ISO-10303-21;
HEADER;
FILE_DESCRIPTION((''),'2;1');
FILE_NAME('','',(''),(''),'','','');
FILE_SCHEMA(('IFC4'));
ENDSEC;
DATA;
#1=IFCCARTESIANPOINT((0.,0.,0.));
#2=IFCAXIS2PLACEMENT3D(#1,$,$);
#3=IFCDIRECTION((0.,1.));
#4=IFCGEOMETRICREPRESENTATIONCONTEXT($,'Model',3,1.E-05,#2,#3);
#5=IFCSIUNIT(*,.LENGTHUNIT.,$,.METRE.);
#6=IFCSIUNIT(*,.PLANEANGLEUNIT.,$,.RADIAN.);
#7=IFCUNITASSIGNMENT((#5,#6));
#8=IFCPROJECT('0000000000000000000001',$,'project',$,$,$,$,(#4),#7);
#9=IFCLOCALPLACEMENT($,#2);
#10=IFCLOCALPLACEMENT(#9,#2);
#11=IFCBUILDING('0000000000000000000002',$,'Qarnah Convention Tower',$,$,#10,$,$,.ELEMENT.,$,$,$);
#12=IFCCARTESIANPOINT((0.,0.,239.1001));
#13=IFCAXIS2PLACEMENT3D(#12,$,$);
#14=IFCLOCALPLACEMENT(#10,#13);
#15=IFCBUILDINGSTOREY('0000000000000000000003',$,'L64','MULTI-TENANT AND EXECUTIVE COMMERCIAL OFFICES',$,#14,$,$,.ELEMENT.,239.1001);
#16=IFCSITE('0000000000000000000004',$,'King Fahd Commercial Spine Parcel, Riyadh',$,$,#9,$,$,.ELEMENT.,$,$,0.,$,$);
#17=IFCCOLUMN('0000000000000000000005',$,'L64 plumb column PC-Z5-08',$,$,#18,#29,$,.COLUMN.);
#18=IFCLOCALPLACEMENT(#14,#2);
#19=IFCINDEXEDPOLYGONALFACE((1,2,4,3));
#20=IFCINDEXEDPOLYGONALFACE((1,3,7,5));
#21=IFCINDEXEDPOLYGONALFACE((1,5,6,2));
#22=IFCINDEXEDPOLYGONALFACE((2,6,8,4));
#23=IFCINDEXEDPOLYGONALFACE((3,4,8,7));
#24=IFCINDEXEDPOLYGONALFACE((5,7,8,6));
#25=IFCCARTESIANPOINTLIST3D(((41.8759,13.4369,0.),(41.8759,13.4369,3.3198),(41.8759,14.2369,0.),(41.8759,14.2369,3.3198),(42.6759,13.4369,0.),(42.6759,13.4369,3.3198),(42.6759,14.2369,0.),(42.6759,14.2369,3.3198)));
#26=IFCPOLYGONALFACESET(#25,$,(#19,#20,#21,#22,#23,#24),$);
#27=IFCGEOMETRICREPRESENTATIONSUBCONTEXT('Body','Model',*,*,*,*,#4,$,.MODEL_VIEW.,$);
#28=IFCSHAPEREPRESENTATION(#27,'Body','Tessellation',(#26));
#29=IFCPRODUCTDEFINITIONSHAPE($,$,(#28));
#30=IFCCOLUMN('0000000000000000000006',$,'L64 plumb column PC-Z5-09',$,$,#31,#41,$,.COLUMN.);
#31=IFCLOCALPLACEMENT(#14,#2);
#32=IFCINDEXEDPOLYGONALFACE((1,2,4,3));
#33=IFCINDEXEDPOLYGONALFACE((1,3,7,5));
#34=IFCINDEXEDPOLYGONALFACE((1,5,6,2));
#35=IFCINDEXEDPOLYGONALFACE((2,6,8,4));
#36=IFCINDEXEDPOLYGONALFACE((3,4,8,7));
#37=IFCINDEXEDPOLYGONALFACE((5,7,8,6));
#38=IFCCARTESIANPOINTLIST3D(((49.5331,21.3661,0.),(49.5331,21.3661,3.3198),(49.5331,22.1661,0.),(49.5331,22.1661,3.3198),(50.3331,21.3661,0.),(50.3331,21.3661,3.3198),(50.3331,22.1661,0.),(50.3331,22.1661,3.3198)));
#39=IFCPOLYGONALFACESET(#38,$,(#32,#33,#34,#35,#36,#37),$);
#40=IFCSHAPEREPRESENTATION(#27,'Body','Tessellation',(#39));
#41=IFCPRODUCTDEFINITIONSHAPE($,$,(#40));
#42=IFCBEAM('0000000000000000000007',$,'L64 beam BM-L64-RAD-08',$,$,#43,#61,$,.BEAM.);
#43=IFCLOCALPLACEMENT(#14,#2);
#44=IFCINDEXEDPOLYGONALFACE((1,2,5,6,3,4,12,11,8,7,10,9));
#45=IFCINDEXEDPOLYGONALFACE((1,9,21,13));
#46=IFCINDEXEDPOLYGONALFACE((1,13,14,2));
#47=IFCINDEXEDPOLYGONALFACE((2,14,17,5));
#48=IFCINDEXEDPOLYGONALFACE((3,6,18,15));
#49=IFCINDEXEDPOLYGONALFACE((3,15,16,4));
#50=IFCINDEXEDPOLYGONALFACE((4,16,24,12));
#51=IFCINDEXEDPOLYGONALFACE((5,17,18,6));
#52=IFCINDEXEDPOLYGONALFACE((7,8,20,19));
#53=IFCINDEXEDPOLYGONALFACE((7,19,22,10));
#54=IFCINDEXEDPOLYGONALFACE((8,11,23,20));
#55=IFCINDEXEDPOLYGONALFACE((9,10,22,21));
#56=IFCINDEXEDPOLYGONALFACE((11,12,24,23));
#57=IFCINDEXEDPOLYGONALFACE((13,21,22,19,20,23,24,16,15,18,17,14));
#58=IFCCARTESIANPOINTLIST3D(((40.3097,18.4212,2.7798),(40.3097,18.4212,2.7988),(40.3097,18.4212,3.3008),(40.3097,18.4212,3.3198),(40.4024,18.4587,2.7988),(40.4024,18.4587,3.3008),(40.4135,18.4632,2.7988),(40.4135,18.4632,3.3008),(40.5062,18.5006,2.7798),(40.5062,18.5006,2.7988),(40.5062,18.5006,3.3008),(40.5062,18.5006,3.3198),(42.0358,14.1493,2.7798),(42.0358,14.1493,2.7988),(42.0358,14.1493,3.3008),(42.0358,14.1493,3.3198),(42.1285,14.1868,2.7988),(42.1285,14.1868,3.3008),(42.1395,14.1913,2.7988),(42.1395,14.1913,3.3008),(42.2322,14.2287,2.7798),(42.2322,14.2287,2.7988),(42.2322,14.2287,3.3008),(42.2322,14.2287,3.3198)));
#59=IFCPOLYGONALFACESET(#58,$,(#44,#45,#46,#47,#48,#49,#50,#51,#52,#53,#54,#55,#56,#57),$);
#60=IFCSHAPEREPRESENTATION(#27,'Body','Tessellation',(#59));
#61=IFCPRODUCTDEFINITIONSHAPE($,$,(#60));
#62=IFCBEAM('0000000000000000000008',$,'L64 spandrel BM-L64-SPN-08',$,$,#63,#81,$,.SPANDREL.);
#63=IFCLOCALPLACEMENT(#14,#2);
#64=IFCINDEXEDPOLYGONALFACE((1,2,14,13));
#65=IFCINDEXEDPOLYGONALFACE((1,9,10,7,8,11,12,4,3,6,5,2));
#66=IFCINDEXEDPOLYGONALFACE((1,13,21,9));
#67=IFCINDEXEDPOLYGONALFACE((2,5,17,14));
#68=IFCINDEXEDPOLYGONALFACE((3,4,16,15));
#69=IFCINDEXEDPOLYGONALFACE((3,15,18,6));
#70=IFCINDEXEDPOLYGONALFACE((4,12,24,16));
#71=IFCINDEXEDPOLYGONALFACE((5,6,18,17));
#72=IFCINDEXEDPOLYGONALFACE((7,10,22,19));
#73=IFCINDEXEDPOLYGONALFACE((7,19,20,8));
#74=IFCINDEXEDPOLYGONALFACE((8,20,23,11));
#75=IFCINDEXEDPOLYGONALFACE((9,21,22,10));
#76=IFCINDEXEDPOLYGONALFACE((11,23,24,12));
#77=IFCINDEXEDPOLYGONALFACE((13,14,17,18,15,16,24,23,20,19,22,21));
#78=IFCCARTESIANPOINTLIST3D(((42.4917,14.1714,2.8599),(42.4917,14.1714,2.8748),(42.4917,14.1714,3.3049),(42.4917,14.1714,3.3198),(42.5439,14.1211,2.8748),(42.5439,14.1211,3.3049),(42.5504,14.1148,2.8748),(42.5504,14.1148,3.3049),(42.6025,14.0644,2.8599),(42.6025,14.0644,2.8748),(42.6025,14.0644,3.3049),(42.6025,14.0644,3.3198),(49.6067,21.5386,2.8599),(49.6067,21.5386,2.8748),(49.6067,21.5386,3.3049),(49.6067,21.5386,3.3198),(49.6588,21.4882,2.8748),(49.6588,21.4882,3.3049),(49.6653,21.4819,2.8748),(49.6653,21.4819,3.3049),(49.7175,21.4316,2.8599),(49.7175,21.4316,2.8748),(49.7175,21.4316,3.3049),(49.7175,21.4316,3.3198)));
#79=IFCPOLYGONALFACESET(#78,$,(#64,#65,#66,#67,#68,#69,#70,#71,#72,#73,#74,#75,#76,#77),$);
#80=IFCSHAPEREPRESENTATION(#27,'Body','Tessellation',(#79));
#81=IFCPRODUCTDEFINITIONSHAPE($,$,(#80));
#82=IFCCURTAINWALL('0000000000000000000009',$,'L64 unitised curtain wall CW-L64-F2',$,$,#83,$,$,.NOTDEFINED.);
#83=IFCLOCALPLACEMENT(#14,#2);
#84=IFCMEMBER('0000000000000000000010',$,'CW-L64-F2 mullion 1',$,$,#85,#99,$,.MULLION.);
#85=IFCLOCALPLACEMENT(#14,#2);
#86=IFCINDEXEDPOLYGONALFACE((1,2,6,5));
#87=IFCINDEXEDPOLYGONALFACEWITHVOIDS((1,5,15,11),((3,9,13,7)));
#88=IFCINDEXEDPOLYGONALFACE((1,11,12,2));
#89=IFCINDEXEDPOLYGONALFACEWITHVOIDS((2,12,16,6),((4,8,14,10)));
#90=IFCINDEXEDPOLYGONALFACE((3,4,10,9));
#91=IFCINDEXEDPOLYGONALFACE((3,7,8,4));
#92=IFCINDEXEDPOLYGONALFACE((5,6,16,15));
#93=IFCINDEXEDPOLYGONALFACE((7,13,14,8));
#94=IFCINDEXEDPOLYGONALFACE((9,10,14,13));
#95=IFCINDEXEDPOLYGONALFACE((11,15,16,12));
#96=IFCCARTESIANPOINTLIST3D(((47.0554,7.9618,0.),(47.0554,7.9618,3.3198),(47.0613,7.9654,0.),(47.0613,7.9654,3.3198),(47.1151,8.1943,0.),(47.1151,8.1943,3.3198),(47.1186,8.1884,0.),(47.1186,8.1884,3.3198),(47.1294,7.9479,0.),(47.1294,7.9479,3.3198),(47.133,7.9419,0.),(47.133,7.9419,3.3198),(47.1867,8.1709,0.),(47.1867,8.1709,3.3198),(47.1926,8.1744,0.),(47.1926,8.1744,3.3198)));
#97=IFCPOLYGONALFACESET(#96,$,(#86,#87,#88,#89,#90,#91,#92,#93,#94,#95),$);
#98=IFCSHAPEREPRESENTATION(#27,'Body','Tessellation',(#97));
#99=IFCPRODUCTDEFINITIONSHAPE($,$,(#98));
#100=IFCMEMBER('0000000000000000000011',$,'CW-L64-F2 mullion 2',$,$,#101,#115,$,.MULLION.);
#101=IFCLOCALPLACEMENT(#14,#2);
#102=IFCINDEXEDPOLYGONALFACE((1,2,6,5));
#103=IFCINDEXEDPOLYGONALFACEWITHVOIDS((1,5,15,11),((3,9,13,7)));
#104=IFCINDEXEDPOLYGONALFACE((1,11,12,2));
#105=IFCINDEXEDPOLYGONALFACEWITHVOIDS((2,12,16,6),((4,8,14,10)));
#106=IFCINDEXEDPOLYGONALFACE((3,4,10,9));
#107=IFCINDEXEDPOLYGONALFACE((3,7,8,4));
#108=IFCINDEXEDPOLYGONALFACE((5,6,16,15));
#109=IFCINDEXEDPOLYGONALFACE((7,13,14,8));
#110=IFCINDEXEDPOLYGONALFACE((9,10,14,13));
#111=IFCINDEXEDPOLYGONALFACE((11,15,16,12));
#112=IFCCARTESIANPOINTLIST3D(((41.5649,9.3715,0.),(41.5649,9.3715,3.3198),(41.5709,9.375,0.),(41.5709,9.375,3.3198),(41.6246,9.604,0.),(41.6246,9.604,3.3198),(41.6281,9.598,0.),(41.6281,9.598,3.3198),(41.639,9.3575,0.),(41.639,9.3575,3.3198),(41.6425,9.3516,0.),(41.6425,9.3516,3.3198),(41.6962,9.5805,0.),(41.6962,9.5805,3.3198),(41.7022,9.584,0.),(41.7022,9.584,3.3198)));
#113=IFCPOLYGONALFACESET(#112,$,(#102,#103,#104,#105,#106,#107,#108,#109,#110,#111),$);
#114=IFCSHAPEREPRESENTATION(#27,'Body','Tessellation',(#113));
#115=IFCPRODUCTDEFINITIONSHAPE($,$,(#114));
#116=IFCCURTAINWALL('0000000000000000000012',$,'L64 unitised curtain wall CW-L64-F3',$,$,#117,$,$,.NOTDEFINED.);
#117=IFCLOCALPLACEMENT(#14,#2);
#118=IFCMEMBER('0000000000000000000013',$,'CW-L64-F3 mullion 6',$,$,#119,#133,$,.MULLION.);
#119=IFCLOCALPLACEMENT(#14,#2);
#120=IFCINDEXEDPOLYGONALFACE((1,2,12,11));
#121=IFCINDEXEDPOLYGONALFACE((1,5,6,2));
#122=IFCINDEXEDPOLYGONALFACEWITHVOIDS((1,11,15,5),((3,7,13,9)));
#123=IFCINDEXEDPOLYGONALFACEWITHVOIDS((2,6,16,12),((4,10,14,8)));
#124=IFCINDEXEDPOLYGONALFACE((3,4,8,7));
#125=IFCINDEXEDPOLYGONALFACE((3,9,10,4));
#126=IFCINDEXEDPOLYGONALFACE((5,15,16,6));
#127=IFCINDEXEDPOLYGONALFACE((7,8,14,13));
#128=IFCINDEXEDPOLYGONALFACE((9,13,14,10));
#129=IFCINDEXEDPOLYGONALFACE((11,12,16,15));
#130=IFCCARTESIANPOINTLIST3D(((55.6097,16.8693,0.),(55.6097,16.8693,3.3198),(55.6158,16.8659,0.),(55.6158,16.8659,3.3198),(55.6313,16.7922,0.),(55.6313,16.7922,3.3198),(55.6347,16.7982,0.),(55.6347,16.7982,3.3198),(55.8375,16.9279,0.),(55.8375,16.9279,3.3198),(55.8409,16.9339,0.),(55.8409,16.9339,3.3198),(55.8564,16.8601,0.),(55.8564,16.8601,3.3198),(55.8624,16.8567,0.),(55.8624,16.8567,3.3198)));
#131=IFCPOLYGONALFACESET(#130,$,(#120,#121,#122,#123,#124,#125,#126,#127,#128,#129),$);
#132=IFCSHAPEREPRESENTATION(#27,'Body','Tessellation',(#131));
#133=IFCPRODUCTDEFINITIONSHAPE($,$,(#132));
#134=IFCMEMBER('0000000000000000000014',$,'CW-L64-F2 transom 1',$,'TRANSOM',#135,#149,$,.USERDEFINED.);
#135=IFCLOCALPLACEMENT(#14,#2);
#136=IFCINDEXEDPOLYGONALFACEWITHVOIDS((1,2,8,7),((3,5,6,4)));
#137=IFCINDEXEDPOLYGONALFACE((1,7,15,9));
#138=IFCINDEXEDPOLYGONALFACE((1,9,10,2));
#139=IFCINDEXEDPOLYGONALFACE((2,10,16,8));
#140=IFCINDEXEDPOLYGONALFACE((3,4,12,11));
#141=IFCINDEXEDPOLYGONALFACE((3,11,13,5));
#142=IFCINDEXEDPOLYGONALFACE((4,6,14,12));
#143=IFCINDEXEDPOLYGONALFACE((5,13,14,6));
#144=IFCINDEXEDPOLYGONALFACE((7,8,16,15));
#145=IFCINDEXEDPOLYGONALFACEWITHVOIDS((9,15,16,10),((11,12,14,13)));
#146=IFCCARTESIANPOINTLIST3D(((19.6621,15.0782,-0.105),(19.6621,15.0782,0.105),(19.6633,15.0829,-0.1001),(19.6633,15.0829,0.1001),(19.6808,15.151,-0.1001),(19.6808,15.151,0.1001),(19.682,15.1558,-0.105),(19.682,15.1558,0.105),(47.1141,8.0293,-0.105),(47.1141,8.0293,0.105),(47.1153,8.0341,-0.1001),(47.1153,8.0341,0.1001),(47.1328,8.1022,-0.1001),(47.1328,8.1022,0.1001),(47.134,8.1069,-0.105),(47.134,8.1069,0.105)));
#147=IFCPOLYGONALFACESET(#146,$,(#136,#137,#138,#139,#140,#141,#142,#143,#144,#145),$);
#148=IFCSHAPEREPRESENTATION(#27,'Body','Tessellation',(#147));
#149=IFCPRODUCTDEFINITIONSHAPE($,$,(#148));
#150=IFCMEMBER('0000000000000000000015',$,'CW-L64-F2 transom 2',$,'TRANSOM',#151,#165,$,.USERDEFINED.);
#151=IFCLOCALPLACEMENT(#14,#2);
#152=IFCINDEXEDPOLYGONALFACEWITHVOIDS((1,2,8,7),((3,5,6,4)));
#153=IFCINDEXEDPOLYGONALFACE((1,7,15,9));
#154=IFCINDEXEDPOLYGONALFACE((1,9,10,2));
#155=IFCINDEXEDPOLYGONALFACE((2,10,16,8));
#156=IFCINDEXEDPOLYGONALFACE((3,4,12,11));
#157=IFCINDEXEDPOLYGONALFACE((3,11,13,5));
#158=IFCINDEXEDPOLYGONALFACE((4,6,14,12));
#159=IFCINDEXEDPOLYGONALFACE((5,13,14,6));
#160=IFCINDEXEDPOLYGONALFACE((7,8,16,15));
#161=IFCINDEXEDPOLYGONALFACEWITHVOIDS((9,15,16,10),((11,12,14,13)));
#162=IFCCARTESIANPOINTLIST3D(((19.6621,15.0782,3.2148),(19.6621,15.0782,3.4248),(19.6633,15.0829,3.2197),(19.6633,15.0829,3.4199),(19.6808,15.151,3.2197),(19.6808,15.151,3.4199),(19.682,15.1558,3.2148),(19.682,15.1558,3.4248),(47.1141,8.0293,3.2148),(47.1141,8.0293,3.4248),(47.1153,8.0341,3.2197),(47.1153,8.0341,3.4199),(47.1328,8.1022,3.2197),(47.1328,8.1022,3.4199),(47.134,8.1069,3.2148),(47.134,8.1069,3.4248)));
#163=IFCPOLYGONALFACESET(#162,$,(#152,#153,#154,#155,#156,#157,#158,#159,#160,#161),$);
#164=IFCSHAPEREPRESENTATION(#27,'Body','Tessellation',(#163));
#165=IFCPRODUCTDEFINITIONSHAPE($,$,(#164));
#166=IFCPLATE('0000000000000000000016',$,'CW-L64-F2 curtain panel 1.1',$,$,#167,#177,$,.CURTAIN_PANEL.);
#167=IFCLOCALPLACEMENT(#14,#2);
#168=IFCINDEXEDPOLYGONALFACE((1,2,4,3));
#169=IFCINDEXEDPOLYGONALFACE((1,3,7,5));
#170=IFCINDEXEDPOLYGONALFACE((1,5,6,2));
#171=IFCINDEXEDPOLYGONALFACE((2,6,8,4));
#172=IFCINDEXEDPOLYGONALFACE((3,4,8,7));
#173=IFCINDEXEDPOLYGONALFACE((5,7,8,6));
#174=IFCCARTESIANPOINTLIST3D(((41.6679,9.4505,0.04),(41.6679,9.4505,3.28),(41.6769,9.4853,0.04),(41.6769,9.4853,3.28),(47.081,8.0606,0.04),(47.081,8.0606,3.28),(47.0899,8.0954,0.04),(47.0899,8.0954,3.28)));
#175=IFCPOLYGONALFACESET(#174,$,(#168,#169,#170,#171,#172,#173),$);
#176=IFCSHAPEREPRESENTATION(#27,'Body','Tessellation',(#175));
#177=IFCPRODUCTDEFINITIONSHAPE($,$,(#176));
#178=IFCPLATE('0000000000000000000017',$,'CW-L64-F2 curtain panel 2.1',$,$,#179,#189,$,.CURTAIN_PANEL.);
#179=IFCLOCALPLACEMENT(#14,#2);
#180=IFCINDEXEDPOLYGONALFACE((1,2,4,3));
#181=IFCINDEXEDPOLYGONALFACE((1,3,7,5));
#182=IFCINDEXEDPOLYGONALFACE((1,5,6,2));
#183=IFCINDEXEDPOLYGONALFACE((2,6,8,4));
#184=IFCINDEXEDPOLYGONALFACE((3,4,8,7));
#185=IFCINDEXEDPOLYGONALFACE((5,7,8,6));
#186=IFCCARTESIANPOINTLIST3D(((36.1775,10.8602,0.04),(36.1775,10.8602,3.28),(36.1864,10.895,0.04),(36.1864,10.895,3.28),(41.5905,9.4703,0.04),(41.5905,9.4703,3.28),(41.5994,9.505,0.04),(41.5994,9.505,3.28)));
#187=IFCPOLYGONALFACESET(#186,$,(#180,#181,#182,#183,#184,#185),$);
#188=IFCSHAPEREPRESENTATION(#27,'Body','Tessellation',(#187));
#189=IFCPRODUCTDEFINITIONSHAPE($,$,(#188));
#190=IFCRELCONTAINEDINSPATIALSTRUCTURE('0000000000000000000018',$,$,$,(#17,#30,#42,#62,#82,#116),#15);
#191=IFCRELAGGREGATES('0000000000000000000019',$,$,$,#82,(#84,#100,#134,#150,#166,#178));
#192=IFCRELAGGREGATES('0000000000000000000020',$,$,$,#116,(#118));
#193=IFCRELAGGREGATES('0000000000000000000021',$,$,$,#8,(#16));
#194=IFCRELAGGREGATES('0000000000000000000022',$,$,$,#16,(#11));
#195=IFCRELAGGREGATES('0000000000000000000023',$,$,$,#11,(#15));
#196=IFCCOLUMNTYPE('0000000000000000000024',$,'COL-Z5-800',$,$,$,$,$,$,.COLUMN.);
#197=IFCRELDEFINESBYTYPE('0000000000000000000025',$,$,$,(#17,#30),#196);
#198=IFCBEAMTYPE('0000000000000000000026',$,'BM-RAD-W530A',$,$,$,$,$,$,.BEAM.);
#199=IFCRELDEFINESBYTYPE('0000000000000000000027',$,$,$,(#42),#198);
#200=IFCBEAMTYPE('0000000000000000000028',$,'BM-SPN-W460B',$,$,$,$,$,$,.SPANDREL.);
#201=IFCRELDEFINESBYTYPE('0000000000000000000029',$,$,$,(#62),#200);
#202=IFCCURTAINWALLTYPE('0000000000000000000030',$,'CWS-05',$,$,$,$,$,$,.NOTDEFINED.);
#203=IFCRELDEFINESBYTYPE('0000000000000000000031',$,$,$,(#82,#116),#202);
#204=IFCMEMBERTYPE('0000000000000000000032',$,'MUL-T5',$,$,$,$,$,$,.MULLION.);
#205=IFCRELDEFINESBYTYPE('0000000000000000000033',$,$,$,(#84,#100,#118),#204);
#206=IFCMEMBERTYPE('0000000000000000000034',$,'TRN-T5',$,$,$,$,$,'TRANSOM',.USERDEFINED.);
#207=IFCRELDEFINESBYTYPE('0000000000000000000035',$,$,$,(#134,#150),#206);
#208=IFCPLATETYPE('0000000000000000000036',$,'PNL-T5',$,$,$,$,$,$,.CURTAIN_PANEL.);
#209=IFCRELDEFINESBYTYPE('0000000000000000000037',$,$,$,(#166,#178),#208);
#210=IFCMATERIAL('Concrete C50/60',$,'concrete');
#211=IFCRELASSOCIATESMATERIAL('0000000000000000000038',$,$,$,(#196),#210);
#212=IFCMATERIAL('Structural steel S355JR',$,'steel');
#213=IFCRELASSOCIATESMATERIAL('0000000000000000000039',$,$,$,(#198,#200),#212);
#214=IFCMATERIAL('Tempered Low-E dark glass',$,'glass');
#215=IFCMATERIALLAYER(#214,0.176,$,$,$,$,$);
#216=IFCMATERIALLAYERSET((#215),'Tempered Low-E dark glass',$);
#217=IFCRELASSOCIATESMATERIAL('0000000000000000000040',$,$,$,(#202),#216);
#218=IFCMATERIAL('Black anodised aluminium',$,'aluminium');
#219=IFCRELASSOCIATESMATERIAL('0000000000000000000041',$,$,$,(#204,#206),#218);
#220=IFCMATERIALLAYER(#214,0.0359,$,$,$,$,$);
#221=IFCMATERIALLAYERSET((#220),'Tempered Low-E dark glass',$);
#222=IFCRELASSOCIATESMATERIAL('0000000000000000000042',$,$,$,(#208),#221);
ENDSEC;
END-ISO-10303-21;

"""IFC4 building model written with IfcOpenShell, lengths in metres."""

from ifc_helpers import new_model, si_unit, direction, frame, origin, origin_2d, place, context, subcontext, project, spatial, rectangle, hollow_rectangle, i_section, extrude, material, layer, layer_set, material_profile, profile_set, type_object, element, aggregate, save


model = new_model("IFC4")

# Units and contexts
model_context = context("Model", 3, precision=1e-05, world=origin(), true_north=direction((0.0, 1.0)))
body_context = subcontext(model_context, "Body", "Model", "MODEL_VIEW")
ifc_project = project(units=[si_unit("LENGTHUNIT", "METRE"), si_unit("PLANEANGLEUNIT", "RADIAN")], contexts=[model_context])

# Site, building, storey
site_placement = place(None, origin())
site = spatial("IfcSite", under=ifc_project, at=site_placement, Name="King Fahd Commercial Spine Parcel, Riyadh", CompositionType="ELEMENT", RefElevation=0.0)
building_placement = place(site_placement, origin())
building = spatial("IfcBuilding", under=site, at=building_placement, Name="Qarnah Convention Tower", CompositionType="ELEMENT")
storey_placement = place(building_placement, frame((0.0, 0.0, 239.1001)))
storey = spatial("IfcBuildingStorey", under=building, at=storey_placement, Name="L64", Description="MULTI-TENANT AND EXECUTIVE COMMERCIAL OFFICES", CompositionType="ELEMENT", Elevation=239.1001)

# Columns
ifc_material_1 = material(Name="Concrete C50/60", Category="concrete")
ifc_material_profile_1 = material_profile(ifc_material_1, rectangle(XDim=0.8, YDim=0.8, at=origin_2d()), Name="RC-COL-800X800")
ifc_profile_set_1 = profile_set([ifc_material_profile_1], Name="Concrete C50/60")
column_type = type_object("IfcColumnType", Name="COL-Z5-800", PredefinedType="COLUMN", material=ifc_profile_set_1)
for number, where, z_axis, x_axis, name in (
    (1, (42.2759, 13.8369, 0.0), (0.0, 0.0, 1.0), (1.0, 0.0, 0.0), "L64 plumb column PC-Z5-08"),
    (2, (49.9331, 21.7661, 0.0), (0.0, 0.0, 1.0), (1.0, 0.0, 0.0), "L64 plumb column PC-Z5-09"),
):
    element("IfcColumn", number, at=place(storey_placement, frame(where, z_axis=z_axis, x_axis=x_axis)), inside=storey, type_object=column_type, Name=name, PredefinedType="COLUMN", context=body_context, shape_type="SweptSolid", body=[
        extrude(rectangle(XDim=0.8, YDim=0.8, at=origin_2d()), origin(), (0.0, 0.0, 1.0), 3.3198),
    ])

# Beams
ifc_material_2 = material(Name="Structural steel S355JR", Category="steel")
ifc_material_profile_2 = material_profile(ifc_material_2, i_section(OverallWidth=0.2119, OverallDepth=0.54, WebThickness=0.012, FlangeThickness=0.019, at=origin_2d()), Name="W530X109")
ifc_profile_set_2 = profile_set([ifc_material_profile_2], Name="Structural steel S355JR")
beam_type_1 = type_object("IfcBeamType", Name="BM-RAD-W530A", PredefinedType="BEAM", material=ifc_profile_set_2)
beam_1_placement = place(storey_placement, frame((40.408, 18.4609, 3.0498), z_axis=(0.374622, -0.927177, 0.0), x_axis=(0.927177, 0.374622, 0.0)))
element("IfcBeam", 3, at=beam_1_placement, inside=storey, type_object=beam_type_1, Name="L64 beam BM-L64-RAD-08", PredefinedType="BEAM", context=body_context, shape_type="SweptSolid", body=[
    extrude(i_section(OverallWidth=0.2119, OverallDepth=0.54, WebThickness=0.012, FlangeThickness=0.019, at=origin_2d()), origin(), (0.0, 0.0, 1.0), 4.6074),
])
ifc_material_profile_3 = material_profile(ifc_material_2, i_section(OverallWidth=0.1541, OverallDepth=0.46, WebThickness=0.009, FlangeThickness=0.0149, at=origin_2d()), Name="W460X68")
ifc_profile_set_3 = profile_set([ifc_material_profile_3], Name="Structural steel S355JR")
beam_type_2 = type_object("IfcBeamType", Name="BM-SPN-W460B", PredefinedType="SPANDREL", material=ifc_profile_set_3)
beam_2_placement = place(storey_placement, frame((42.5471, 14.1179, 3.0898), z_axis=(0.694688, 0.719312, 0.0), x_axis=(-0.719312, 0.694688, 0.0)))
element("IfcBeam", 4, at=beam_2_placement, inside=storey, type_object=beam_type_2, Name="L64 spandrel BM-L64-SPN-08", PredefinedType="SPANDREL", context=body_context, shape_type="SweptSolid", body=[
    extrude(i_section(OverallWidth=0.1541, OverallDepth=0.46, WebThickness=0.009, FlangeThickness=0.0149, at=origin_2d()), origin(), (0.0, 0.0, 1.0), 10.2419),
])

# Curtain wall, members
ifc_material_3 = material(Name="Tempered Low-E dark glass", Category="glass")
ifc_layer_1 = layer(ifc_material_3, 0.176)
ifc_layer_set_1 = layer_set([ifc_layer_1], Name="Tempered Low-E dark glass")
curtain_wall_type = type_object("IfcCurtainWallType", Name="CWS-05", PredefinedType="NOTDEFINED", material=ifc_layer_set_1)
curtain_wall_1_placement = place(storey_placement, origin())
curtain_wall_1 = element("IfcCurtainWall", 5, at=curtain_wall_1_placement, inside=storey, type_object=curtain_wall_type, Name="L64 unitised curtain wall CW-L64-F2", PredefinedType="NOTDEFINED")
ifc_material_4 = material(Name="Black anodised aluminium", Category="aluminium")
ifc_material_profile_4 = material_profile(ifc_material_4, hollow_rectangle(XDim=0.0801, YDim=0.24, WallThickness=0.0049, at=origin_2d()), Name="MUL-80X240")
ifc_profile_set_4 = profile_set([ifc_material_profile_4], Name="Black anodised aluminium")
member_type_1 = type_object("IfcMemberType", Name="MUL-T5", PredefinedType="MULLION", material=ifc_profile_set_4)
member_1_placement = place(storey_placement, frame((47.124, 8.0681, 0.0), z_axis=(0.0, 0.0, 1.0), x_axis=(-0.968579, 0.248707, 0.0)))
member_1 = element("IfcMember", 6, at=member_1_placement, type_object=member_type_1, Name="CW-L64-F2 mullion 1", PredefinedType="MULLION", context=body_context, shape_type="SweptSolid", body=[
    extrude(hollow_rectangle(XDim=0.0801, YDim=0.24, WallThickness=0.0049, at=origin_2d()), origin(), (0.0, 0.0, 1.0), 3.3198),
])
member_2_placement = place(storey_placement, frame((41.6335, 9.4778, 0.0), z_axis=(0.0, 0.0, 1.0), x_axis=(-0.968579, 0.248707, 0.0)))
member_2 = element("IfcMember", 7, at=member_2_placement, type_object=member_type_1, Name="CW-L64-F2 mullion 2", PredefinedType="MULLION", context=body_context, shape_type="SweptSolid", body=[
    extrude(hollow_rectangle(XDim=0.0801, YDim=0.24, WallThickness=0.0049, at=origin_2d()), origin(), (0.0, 0.0, 1.0), 3.3198),
])

# Curtain wall, member
curtain_wall_2_placement = place(storey_placement, origin())
curtain_wall_2 = element("IfcCurtainWall", 8, at=curtain_wall_2_placement, inside=storey, type_object=curtain_wall_type, Name="L64 unitised curtain wall CW-L64-F3", PredefinedType="NOTDEFINED")
member_3_placement = place(storey_placement, frame((55.7361, 16.863, 0.0), z_axis=(0.0, 0.0, 1.0), x_axis=(0.268928, -0.96316, 0.0)))
member_3 = element("IfcMember", 9, at=member_3_placement, type_object=member_type_1, Name="CW-L64-F3 mullion 6", PredefinedType="MULLION", context=body_context, shape_type="SweptSolid", body=[
    extrude(hollow_rectangle(XDim=0.0801, YDim=0.24, WallThickness=0.0049, at=origin_2d()), origin(), (0.0, 0.0, 1.0), 3.3198),
])

# Members
ifc_material_profile_5 = material_profile(ifc_material_4, hollow_rectangle(XDim=0.0801, YDim=0.21, WallThickness=0.0049, at=origin_2d()), Name="TRN-80X210")
ifc_profile_set_5 = profile_set([ifc_material_profile_5], Name="Black anodised aluminium")
member_type_2 = type_object("IfcMemberType", Name="TRN-T5", ElementType="TRANSOM", PredefinedType="USERDEFINED", material=ifc_profile_set_5)
member_4_placement = place(storey_placement, frame((47.124, 8.0681, 0.0), z_axis=(-0.96858, 0.248702, 0.0), x_axis=(-0.248702, -0.96858, 0.0)))
member_4 = element("IfcMember", 10, at=member_4_placement, type_object=member_type_2, Name="CW-L64-F2 transom 1", ObjectType="TRANSOM", PredefinedType="USERDEFINED", context=body_context, shape_type="SweptSolid", body=[
    extrude(hollow_rectangle(XDim=0.0801, YDim=0.21, WallThickness=0.0049, at=origin_2d()), origin(), (0.0, 0.0, 1.0), 28.3425),
])
member_5_placement = place(storey_placement, frame((47.124, 8.0681, 3.3198), z_axis=(-0.96858, 0.248702, 0.0), x_axis=(-0.248702, -0.96858, 0.0)))
member_5 = element("IfcMember", 11, at=member_5_placement, type_object=member_type_2, Name="CW-L64-F2 transom 2", ObjectType="TRANSOM", PredefinedType="USERDEFINED", context=body_context, shape_type="SweptSolid", body=[
    extrude(hollow_rectangle(XDim=0.0801, YDim=0.21, WallThickness=0.0049, at=origin_2d()), origin(), (0.0, 0.0, 1.0), 28.3425),
])

# Plates
ifc_layer_2 = layer(ifc_material_3, 0.0359)
ifc_layer_set_2 = layer_set([ifc_layer_2], Name="Tempered Low-E dark glass")
plate_type = type_object("IfcPlateType", Name="PNL-T5", PredefinedType="CURTAIN_PANEL", material=ifc_layer_set_2)
plate_1_placement = place(storey_placement, frame((44.3789, 8.7729, 0.04), z_axis=(0.0, 0.0, 1.0), x_axis=(-0.968579, 0.248707, 0.0)))
plate_1 = element("IfcPlate", 12, at=plate_1_placement, type_object=plate_type, Name="CW-L64-F2 curtain panel 1.1", PredefinedType="CURTAIN_PANEL", context=body_context, shape_type="SweptSolid", body=[
    extrude(rectangle(XDim=5.5886, YDim=0.0359, at=origin_2d()), origin(), (0.0, 0.0, 1.0), 3.24),
])
plate_2_placement = place(storey_placement, frame((38.8884, 10.1826, 0.04), z_axis=(0.0, 0.0, 1.0), x_axis=(-0.968579, 0.248707, 0.0)))
plate_2 = element("IfcPlate", 13, at=plate_2_placement, type_object=plate_type, Name="CW-L64-F2 curtain panel 2.1", PredefinedType="CURTAIN_PANEL", context=body_context, shape_type="SweptSolid", body=[
    extrude(rectangle(XDim=5.5886, YDim=0.0359, at=origin_2d()), origin(), (0.0, 0.0, 1.0), 3.24),
])
aggregate(curtain_wall_1, [member_1, member_2, member_4, member_5, plate_1, plate_2])
aggregate(curtain_wall_2, [member_3])

save(model, "model.ifc")
